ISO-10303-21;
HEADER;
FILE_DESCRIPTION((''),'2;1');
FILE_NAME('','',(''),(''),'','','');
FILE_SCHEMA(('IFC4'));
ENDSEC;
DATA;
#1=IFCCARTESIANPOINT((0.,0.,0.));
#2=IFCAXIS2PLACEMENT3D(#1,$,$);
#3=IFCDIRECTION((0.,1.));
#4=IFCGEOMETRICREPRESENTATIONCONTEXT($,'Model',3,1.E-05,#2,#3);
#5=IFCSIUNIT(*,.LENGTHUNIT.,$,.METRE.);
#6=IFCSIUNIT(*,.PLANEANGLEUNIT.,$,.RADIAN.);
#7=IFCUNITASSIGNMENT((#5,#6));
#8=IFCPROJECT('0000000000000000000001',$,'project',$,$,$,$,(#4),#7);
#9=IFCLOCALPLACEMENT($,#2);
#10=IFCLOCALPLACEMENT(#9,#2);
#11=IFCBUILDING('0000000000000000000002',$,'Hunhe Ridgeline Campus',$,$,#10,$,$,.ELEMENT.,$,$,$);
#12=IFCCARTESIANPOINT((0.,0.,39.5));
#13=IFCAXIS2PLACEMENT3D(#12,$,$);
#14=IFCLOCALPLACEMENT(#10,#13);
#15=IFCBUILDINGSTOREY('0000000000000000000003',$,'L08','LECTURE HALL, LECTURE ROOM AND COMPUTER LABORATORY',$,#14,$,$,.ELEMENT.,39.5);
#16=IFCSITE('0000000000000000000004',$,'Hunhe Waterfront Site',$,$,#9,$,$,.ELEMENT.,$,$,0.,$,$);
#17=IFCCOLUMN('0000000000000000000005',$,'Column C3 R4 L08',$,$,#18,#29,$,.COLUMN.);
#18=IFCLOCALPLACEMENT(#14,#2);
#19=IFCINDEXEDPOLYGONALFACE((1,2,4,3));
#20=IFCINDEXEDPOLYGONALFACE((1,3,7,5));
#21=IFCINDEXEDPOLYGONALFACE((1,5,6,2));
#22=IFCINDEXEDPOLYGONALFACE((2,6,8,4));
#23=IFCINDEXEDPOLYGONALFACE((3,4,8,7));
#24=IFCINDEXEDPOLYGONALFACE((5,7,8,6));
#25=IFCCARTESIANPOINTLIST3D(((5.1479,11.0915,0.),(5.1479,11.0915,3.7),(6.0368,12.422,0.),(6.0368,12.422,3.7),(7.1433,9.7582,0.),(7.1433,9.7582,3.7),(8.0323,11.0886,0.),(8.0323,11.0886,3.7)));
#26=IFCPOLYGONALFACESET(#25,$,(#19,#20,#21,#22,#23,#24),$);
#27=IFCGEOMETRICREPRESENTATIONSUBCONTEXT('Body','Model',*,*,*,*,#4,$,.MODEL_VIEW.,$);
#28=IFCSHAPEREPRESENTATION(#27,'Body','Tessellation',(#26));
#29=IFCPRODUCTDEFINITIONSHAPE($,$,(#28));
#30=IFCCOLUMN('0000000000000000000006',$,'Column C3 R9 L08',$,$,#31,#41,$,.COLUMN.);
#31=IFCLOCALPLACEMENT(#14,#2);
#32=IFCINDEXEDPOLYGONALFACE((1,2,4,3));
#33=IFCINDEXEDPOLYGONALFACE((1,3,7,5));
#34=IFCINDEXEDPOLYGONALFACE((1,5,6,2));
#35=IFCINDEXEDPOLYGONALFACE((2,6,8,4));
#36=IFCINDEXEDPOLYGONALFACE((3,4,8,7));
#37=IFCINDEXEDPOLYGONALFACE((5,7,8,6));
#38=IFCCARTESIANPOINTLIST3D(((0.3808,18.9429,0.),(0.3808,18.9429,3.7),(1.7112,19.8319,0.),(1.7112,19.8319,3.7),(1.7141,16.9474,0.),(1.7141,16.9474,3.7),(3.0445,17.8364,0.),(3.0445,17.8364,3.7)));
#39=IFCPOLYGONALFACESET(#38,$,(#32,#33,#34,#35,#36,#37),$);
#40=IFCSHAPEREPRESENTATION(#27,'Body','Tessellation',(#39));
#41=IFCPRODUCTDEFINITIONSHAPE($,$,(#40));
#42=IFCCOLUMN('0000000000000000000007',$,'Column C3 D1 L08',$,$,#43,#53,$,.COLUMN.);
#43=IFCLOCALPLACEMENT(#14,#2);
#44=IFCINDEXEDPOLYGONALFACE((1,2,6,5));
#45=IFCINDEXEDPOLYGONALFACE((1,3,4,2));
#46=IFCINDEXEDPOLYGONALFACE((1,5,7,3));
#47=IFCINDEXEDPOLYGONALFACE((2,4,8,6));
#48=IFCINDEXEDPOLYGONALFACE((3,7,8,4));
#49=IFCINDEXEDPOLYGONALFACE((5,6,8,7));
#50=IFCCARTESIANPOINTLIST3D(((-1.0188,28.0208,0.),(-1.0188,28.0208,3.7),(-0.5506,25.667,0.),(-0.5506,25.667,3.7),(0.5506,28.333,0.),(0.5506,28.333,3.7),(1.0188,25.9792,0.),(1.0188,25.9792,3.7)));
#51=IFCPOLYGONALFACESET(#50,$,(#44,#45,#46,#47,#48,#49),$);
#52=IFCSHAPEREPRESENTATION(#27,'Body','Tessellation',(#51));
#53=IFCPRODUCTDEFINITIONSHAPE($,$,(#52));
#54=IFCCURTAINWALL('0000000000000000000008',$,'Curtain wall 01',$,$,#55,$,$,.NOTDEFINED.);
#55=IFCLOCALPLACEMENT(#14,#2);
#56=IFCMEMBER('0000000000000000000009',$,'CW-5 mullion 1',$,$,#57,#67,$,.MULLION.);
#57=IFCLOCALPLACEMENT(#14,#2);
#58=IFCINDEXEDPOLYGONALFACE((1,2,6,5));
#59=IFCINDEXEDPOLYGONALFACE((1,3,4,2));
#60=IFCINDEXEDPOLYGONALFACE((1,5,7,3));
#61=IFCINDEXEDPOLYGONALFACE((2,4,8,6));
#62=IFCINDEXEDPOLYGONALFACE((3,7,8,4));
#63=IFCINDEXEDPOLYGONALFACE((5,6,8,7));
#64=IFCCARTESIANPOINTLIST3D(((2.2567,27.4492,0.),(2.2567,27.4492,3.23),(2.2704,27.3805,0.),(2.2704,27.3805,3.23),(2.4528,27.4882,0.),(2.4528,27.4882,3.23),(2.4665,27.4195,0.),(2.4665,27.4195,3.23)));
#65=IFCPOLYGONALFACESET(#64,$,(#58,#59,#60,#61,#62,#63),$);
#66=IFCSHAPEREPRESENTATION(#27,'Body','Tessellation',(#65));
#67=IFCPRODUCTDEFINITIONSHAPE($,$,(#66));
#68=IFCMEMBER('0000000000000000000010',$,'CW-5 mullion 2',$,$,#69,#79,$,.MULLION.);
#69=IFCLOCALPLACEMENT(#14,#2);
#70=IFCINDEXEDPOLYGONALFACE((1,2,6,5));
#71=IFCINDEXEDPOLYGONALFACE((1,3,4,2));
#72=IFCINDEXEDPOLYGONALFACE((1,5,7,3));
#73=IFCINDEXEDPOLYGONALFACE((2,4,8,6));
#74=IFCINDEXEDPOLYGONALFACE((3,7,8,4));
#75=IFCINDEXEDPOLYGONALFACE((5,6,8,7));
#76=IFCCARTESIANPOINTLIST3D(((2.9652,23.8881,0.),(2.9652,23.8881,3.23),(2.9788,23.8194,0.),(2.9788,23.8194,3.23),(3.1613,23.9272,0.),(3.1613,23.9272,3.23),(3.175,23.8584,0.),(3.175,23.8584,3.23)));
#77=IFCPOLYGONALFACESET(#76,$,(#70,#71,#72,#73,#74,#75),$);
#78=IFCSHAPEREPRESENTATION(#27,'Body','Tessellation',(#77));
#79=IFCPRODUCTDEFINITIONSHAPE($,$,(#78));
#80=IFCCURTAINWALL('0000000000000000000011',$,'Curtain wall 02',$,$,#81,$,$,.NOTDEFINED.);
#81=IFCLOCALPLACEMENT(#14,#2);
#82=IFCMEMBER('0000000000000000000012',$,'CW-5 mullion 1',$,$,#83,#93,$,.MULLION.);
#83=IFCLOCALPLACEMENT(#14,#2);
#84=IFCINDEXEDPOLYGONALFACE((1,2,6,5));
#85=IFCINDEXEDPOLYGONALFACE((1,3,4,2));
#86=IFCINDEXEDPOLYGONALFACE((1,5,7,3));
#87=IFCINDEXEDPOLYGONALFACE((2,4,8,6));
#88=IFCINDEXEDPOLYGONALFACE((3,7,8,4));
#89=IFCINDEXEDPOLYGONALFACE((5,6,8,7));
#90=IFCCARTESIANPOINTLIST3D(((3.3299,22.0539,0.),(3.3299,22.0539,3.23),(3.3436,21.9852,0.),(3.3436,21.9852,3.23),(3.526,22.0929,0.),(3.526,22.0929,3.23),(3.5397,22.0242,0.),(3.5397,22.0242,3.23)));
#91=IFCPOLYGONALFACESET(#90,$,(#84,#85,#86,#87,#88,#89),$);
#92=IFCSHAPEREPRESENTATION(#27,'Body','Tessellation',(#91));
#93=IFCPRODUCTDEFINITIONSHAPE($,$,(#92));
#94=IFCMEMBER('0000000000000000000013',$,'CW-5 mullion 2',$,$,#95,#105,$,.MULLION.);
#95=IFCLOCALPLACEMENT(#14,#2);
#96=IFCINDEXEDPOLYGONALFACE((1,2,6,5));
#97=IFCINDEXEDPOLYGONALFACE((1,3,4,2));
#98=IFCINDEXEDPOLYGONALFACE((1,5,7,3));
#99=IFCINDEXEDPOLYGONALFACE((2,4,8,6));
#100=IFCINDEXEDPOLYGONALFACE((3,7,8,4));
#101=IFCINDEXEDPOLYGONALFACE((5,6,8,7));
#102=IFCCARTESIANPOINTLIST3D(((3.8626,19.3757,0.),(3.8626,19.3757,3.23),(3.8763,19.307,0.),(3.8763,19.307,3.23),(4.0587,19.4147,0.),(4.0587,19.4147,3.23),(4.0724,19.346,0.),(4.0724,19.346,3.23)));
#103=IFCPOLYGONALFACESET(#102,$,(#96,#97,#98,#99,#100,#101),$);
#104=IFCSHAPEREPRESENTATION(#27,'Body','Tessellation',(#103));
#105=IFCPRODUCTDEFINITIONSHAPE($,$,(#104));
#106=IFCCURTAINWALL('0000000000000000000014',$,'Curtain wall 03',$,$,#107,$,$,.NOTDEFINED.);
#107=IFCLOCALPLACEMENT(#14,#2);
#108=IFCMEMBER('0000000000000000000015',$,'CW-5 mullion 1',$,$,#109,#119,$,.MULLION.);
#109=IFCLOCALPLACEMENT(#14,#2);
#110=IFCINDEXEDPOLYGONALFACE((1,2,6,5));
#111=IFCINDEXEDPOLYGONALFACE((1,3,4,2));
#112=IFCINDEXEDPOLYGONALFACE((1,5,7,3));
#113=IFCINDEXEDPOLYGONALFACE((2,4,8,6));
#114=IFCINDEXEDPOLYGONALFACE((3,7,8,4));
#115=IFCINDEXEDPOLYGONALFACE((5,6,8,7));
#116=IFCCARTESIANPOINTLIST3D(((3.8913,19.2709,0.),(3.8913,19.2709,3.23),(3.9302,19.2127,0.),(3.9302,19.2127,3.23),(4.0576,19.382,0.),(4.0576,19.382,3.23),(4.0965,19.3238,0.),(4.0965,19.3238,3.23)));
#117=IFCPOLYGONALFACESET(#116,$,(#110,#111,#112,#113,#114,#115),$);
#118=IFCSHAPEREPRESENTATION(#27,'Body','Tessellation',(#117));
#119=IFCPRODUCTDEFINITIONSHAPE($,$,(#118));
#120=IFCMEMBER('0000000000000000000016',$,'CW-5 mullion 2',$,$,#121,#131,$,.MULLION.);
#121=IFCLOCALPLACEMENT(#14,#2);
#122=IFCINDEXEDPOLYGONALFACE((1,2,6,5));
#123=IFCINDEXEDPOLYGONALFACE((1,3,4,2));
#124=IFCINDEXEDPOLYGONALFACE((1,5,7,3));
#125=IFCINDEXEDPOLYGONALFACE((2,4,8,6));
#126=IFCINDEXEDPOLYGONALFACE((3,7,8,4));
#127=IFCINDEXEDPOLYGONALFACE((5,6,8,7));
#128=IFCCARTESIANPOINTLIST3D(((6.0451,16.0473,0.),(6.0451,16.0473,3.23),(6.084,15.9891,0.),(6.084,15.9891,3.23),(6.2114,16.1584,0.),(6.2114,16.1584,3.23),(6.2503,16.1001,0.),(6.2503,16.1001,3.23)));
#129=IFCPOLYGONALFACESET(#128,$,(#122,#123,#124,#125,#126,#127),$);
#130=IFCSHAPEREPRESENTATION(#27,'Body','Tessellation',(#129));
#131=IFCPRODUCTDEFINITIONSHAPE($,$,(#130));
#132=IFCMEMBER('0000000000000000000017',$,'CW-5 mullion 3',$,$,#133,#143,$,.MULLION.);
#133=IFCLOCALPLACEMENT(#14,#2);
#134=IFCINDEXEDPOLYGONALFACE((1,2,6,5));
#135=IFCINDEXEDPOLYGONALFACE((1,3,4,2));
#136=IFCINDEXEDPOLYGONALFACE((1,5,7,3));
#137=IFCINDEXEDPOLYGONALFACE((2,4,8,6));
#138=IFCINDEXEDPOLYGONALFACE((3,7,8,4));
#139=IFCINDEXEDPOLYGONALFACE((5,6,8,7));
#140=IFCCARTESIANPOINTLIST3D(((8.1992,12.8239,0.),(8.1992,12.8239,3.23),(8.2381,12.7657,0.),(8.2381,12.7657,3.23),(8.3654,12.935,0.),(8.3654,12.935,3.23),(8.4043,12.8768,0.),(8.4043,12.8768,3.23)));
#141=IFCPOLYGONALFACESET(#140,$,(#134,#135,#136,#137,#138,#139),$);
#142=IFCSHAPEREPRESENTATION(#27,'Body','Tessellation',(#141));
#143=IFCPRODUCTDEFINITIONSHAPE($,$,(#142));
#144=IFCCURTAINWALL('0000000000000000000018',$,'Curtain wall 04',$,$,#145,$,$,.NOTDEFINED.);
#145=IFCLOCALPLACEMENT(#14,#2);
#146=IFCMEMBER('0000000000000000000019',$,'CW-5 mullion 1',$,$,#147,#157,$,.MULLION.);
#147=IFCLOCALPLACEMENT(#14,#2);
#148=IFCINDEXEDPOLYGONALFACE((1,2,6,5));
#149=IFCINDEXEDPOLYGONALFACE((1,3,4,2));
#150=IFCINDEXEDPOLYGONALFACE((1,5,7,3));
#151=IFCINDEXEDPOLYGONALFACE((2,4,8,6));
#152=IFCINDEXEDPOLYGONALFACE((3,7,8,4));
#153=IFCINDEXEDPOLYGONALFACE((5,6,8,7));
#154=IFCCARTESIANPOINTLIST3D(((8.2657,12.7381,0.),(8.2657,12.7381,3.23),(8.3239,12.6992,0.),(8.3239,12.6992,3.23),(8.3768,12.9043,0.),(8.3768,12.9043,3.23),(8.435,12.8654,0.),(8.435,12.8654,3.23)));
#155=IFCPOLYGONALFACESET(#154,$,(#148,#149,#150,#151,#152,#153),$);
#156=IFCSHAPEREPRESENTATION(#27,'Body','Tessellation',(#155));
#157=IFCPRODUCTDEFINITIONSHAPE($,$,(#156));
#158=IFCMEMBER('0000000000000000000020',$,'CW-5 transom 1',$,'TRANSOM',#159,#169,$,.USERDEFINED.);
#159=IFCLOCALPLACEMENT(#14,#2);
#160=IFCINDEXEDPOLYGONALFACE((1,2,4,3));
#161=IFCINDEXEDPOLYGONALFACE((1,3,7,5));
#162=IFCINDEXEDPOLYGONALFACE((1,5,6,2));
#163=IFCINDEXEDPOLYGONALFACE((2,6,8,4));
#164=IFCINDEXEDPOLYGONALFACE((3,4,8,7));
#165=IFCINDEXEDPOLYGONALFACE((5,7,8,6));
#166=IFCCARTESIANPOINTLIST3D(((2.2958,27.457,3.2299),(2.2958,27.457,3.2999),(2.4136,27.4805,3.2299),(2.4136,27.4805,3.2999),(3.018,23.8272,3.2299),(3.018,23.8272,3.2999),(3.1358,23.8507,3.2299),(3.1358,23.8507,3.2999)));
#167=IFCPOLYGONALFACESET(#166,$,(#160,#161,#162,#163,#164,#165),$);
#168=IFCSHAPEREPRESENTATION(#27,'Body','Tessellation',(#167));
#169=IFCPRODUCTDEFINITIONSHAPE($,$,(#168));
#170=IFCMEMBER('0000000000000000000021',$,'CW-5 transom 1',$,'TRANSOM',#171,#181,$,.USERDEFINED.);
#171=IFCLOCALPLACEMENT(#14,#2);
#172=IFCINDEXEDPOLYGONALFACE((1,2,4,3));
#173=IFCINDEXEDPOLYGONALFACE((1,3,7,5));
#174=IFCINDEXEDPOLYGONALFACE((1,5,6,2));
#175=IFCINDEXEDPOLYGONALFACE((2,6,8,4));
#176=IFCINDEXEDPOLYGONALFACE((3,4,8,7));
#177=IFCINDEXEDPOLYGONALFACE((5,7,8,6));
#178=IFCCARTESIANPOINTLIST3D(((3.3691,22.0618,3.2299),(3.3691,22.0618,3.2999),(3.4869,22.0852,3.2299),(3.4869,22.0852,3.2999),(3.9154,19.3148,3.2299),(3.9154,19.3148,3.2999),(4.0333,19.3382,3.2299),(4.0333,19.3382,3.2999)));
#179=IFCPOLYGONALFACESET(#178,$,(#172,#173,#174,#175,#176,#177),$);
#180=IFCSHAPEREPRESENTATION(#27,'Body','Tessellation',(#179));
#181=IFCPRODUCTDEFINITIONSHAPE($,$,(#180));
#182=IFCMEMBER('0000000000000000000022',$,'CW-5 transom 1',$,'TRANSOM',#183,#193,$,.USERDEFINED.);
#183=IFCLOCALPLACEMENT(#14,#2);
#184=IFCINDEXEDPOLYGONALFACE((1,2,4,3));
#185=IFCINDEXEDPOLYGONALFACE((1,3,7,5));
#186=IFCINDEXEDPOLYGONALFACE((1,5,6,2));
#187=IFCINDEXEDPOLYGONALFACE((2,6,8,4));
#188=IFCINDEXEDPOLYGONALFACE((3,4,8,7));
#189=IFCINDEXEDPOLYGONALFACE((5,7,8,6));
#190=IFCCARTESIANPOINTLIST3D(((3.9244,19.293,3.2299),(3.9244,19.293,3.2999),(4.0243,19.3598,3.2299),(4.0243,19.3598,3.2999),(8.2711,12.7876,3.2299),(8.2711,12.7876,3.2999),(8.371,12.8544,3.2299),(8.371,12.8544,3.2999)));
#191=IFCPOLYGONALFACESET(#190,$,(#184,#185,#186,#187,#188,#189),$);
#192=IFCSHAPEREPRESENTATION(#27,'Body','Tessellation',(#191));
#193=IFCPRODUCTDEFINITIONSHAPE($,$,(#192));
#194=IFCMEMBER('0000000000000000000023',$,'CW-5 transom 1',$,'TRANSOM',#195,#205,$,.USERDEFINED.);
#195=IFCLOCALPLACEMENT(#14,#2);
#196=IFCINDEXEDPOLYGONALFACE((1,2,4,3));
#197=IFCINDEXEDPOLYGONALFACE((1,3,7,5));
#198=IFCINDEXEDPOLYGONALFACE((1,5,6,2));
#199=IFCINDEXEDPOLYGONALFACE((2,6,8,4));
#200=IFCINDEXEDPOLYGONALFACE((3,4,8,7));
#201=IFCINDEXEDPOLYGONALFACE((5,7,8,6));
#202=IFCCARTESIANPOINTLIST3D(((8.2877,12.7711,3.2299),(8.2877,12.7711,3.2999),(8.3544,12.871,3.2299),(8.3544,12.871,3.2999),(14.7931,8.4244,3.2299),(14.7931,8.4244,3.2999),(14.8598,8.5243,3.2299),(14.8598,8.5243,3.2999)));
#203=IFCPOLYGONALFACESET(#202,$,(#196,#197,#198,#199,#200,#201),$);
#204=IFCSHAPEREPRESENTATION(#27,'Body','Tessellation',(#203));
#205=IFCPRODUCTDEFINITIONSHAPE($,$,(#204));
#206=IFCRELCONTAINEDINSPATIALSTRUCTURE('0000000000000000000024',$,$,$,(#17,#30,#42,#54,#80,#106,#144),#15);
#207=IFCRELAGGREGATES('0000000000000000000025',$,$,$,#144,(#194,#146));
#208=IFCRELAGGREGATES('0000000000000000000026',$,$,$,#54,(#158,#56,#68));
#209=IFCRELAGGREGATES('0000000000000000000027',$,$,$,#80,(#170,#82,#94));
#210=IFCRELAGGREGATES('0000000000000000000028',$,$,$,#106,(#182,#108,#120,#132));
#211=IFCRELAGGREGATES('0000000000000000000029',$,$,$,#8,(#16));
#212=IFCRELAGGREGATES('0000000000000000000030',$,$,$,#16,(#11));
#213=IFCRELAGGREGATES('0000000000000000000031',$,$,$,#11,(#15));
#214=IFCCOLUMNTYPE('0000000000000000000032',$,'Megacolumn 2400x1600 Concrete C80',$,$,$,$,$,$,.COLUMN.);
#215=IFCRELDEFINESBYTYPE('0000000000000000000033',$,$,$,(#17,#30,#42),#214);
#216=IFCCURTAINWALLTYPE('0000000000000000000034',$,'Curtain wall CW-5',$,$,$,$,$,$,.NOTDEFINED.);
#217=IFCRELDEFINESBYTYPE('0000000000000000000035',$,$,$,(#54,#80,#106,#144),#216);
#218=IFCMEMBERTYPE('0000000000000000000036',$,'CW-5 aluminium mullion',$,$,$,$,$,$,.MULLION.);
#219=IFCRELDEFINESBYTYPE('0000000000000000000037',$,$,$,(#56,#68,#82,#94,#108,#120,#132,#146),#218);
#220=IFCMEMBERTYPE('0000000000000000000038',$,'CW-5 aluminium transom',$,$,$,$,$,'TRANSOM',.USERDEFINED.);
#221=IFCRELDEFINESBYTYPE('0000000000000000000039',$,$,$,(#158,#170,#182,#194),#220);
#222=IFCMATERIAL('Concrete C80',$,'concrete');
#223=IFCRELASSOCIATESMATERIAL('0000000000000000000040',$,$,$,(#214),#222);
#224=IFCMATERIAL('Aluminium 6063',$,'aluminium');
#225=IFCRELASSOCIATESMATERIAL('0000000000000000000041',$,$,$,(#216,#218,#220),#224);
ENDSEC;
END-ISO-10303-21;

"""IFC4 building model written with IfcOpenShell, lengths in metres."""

from ifc_helpers import new_model, si_unit, direction, frame, origin, origin_2d, place, context, subcontext, project, spatial, rectangle, extrude, material, material_profile, profile_set, type_object, element, aggregate, save


model = new_model("IFC4")

# Units and contexts
model_context = context("Model", 3, precision=1e-05, world=origin(), true_north=direction((0.0, 1.0)))
body_context = subcontext(model_context, "Body", "Model", "MODEL_VIEW")
ifc_project = project(units=[si_unit("LENGTHUNIT", "METRE"), si_unit("PLANEANGLEUNIT", "RADIAN")], contexts=[model_context])

# Site, building, storey
site_placement = place(None, origin())
site = spatial("IfcSite", under=ifc_project, at=site_placement, Name="Hunhe Waterfront Site", CompositionType="ELEMENT", RefElevation=0.0)
building_placement = place(site_placement, origin())
building = spatial("IfcBuilding", under=site, at=building_placement, Name="Hunhe Ridgeline Campus", CompositionType="ELEMENT")
storey_placement = place(building_placement, frame((0.0, 0.0, 39.5)))
storey = spatial("IfcBuildingStorey", under=building, at=storey_placement, Name="L08", Description="LECTURE HALL, LECTURE ROOM AND COMPUTER LABORATORY", CompositionType="ELEMENT", Elevation=39.5)

# Columns
ifc_material_1 = material(Name="Concrete C80", Category="concrete")
ifc_material_profile_1 = material_profile(ifc_material_1, rectangle(XDim=2.3999, YDim=1.6001, at=origin_2d()))
ifc_profile_set_1 = profile_set([ifc_material_profile_1], Name="Concrete C80")
column_type = type_object("IfcColumnType", Name="Megacolumn 2400x1600 Concrete C80", PredefinedType="COLUMN", material=ifc_profile_set_1)
for number, where, z_axis, x_axis, name in (
    (1, (6.5901, 11.0901, 0.0), (0.0, 0.0, 1.0), (-0.83147, 0.55557, 0.0), "Column C3 R4 L08"),
    (2, (1.7126, 18.3896, 0.0), (0.0, 0.0, 1.0), (-0.55557, 0.83147, 0.0), "Column C3 R9 L08"),
    (3, (0.0, 27.0, 0.0), (0.0, 0.0, 1.0), (-0.19509, 0.980785, 0.0), "Column C3 D1 L08"),
):
    element("IfcColumn", number, at=place(storey_placement, frame(where, z_axis=z_axis, x_axis=x_axis)), inside=storey, type_object=column_type, Name=name, PredefinedType="COLUMN", context=body_context, shape_type="SweptSolid", body=[
        extrude(rectangle(XDim=2.3999, YDim=1.6001, at=origin_2d()), origin(), (0.0, 0.0, 1.0), 3.7),
    ])

# Curtain walls, members
ifc_material_2 = material(Name="Aluminium 6063", Category="aluminium")
curtain_wall_type = type_object("IfcCurtainWallType", Name="Curtain wall CW-5", PredefinedType="NOTDEFINED", material=ifc_material_2)
curtain_wall_1_placement = place(storey_placement, origin())
curtain_wall_1 = element("IfcCurtainWall", 4, at=curtain_wall_1_placement, inside=storey, type_object=curtain_wall_type, Name="Curtain wall 01", PredefinedType="NOTDEFINED")
ifc_material_profile_2 = material_profile(ifc_material_2, rectangle(XDim=0.2, YDim=0.0701, at=origin_2d()))
ifc_profile_set_2 = profile_set([ifc_material_profile_2], Name="Aluminium 6063")
member_type_1 = type_object("IfcMemberType", Name="CW-5 aluminium mullion", PredefinedType="MULLION", material=ifc_profile_set_2)
member_1_placement = place(storey_placement, frame((2.3616, 27.4343, 0.0), z_axis=(0.0, 0.0, 1.0), x_axis=(0.980784, 0.195095, 0.0)))
member_1 = element("IfcMember", 5, at=member_1_placement, type_object=member_type_1, Name="CW-5 mullion 1", PredefinedType="MULLION", context=body_context, shape_type="SweptSolid", body=[
    extrude(rectangle(XDim=0.2, YDim=0.0701, at=origin_2d()), origin(), (0.0, 0.0, 1.0), 3.23),
])
member_2_placement = place(storey_placement, frame((3.0701, 23.8733, 0.0), z_axis=(0.0, 0.0, 1.0), x_axis=(0.980784, 0.195095, 0.0)))
member_2 = element("IfcMember", 6, at=member_2_placement, type_object=member_type_1, Name="CW-5 mullion 2", PredefinedType="MULLION", context=body_context, shape_type="SweptSolid", body=[
    extrude(rectangle(XDim=0.2, YDim=0.0701, at=origin_2d()), origin(), (0.0, 0.0, 1.0), 3.23),
])
curtain_wall_2_placement = place(storey_placement, origin())
curtain_wall_2 = element("IfcCurtainWall", 7, at=curtain_wall_2_placement, inside=storey, type_object=curtain_wall_type, Name="Curtain wall 02", PredefinedType="NOTDEFINED")
member_3_placement = place(storey_placement, frame((3.4348, 22.0391, 0.0), z_axis=(0.0, 0.0, 1.0), x_axis=(0.980784, 0.195095, 0.0)))
member_3 = element("IfcMember", 8, at=member_3_placement, type_object=member_type_1, Name="CW-5 mullion 1", PredefinedType="MULLION", context=body_context, shape_type="SweptSolid", body=[
    extrude(rectangle(XDim=0.2, YDim=0.0701, at=origin_2d()), origin(), (0.0, 0.0, 1.0), 3.23),
])
member_4_placement = place(storey_placement, frame((3.9675, 19.3608, 0.0), z_axis=(0.0, 0.0, 1.0), x_axis=(0.980784, 0.195095, 0.0)))
member_4 = element("IfcMember", 9, at=member_4_placement, type_object=member_type_1, Name="CW-5 mullion 2", PredefinedType="MULLION", context=body_context, shape_type="SweptSolid", body=[
    extrude(rectangle(XDim=0.2, YDim=0.0701, at=origin_2d()), origin(), (0.0, 0.0, 1.0), 3.23),
])
curtain_wall_3_placement = place(storey_placement, origin())
curtain_wall_3 = element("IfcCurtainWall", 10, at=curtain_wall_3_placement, inside=storey, type_object=curtain_wall_type, Name="Curtain wall 03", PredefinedType="NOTDEFINED")
member_5_placement = place(storey_placement, frame((3.9939, 19.2974, 0.0), z_axis=(0.0, 0.0, 1.0), x_axis=(0.83147, 0.55557, 0.0)))
member_5 = element("IfcMember", 11, at=member_5_placement, type_object=member_type_1, Name="CW-5 mullion 1", PredefinedType="MULLION", context=body_context, shape_type="SweptSolid", body=[
    extrude(rectangle(XDim=0.2, YDim=0.0701, at=origin_2d()), origin(), (0.0, 0.0, 1.0), 3.23),
])
member_6_placement = place(storey_placement, frame((6.1477, 16.0737, 0.0), z_axis=(0.0, 0.0, 1.0), x_axis=(0.83147, 0.55557, 0.0)))
member_6 = element("IfcMember", 12, at=member_6_placement, type_object=member_type_1, Name="CW-5 mullion 2", PredefinedType="MULLION", context=body_context, shape_type="SweptSolid", body=[
    extrude(rectangle(XDim=0.2, YDim=0.0701, at=origin_2d()), origin(), (0.0, 0.0, 1.0), 3.23),
])
member_7_placement = place(storey_placement, frame((8.3018, 12.8503, 0.0), z_axis=(0.0, 0.0, 1.0), x_axis=(0.83147, 0.55557, 0.0)))
member_7 = element("IfcMember", 13, at=member_7_placement, type_object=member_type_1, Name="CW-5 mullion 3", PredefinedType="MULLION", context=body_context, shape_type="SweptSolid", body=[
    extrude(rectangle(XDim=0.2, YDim=0.0701, at=origin_2d()), origin(), (0.0, 0.0, 1.0), 3.23),
])

# Curtain wall, member
curtain_wall_4_placement = place(storey_placement, origin())
curtain_wall_4 = element("IfcCurtainWall", 14, at=curtain_wall_4_placement, inside=storey, type_object=curtain_wall_type, Name="Curtain wall 04", PredefinedType="NOTDEFINED")
member_8_placement = place(storey_placement, frame((8.3503, 12.8018, 0.0), z_axis=(0.0, 0.0, 1.0), x_axis=(0.55557, 0.83147, 0.0)))
member_8 = element("IfcMember", 15, at=member_8_placement, type_object=member_type_1, Name="CW-5 mullion 1", PredefinedType="MULLION", context=body_context, shape_type="SweptSolid", body=[
    extrude(rectangle(XDim=0.2, YDim=0.0701, at=origin_2d()), origin(), (0.0, 0.0, 1.0), 3.23),
])

# Members
ifc_material_profile_3 = material_profile(ifc_material_2, rectangle(XDim=0.1201, YDim=0.0701, at=origin_2d()))
ifc_profile_set_3 = profile_set([ifc_material_profile_3], Name="Aluminium 6063")
member_type_2 = type_object("IfcMemberType", Name="CW-5 aluminium transom", ElementType="TRANSOM", PredefinedType="USERDEFINED", material=ifc_profile_set_3)
member_9_placement = place(storey_placement, frame((2.3547, 27.4688, 3.2649), z_axis=(0.195127, -0.980778, 0.0), x_axis=(0.980778, 0.195127, 0.0)))
member_9 = element("IfcMember", 16, at=member_9_placement, type_object=member_type_2, Name="CW-5 transom 1", ObjectType="TRANSOM", PredefinedType="USERDEFINED", context=body_context, shape_type="SweptSolid", body=[
    extrude(rectangle(XDim=0.1201, YDim=0.0701, at=origin_2d()), origin(), (0.0, 0.0, 1.0), 3.7009),
])
member_10_placement = place(storey_placement, frame((3.428, 22.0735, 3.2649), z_axis=(0.195077, -0.980788, 0.0), x_axis=(0.980788, 0.195077, 0.0)))
member_10 = element("IfcMember", 17, at=member_10_placement, type_object=member_type_2, Name="CW-5 transom 1", ObjectType="TRANSOM", PredefinedType="USERDEFINED", context=body_context, shape_type="SweptSolid", body=[
    extrude(rectangle(XDim=0.1201, YDim=0.0701, at=origin_2d()), origin(), (0.0, 0.0, 1.0), 2.8008),
])
member_11_placement = place(storey_placement, frame((3.9744, 19.3264, 3.2649), z_axis=(0.555564, -0.831474, 0.0), x_axis=(0.831474, 0.555564, 0.0)))
member_11 = element("IfcMember", 18, at=member_11_placement, type_object=member_type_2, Name="CW-5 transom 1", ObjectType="TRANSOM", PredefinedType="USERDEFINED", context=body_context, shape_type="SweptSolid", body=[
    extrude(rectangle(XDim=0.1201, YDim=0.0701, at=origin_2d()), origin(), (0.0, 0.0, 1.0), 7.824),
])
member_12_placement = place(storey_placement, frame((8.321, 12.821, 3.2649), z_axis=(0.831474, -0.555564, 0.0), x_axis=(0.555564, 0.831474, 0.0)))
member_12 = element("IfcMember", 19, at=member_12_placement, type_object=member_type_2, Name="CW-5 transom 1", ObjectType="TRANSOM", PredefinedType="USERDEFINED", context=body_context, shape_type="SweptSolid", body=[
    extrude(rectangle(XDim=0.1201, YDim=0.0701, at=origin_2d()), origin(), (0.0, 0.0, 1.0), 7.824),
])
aggregate(curtain_wall_4, [member_12, member_8])

aggregate(curtain_wall_1, [member_9, member_1, member_2])
aggregate(curtain_wall_2, [member_10, member_3, member_4])
aggregate(curtain_wall_3, [member_11, member_5, member_6, member_7])

save(model, "model.ifc")
